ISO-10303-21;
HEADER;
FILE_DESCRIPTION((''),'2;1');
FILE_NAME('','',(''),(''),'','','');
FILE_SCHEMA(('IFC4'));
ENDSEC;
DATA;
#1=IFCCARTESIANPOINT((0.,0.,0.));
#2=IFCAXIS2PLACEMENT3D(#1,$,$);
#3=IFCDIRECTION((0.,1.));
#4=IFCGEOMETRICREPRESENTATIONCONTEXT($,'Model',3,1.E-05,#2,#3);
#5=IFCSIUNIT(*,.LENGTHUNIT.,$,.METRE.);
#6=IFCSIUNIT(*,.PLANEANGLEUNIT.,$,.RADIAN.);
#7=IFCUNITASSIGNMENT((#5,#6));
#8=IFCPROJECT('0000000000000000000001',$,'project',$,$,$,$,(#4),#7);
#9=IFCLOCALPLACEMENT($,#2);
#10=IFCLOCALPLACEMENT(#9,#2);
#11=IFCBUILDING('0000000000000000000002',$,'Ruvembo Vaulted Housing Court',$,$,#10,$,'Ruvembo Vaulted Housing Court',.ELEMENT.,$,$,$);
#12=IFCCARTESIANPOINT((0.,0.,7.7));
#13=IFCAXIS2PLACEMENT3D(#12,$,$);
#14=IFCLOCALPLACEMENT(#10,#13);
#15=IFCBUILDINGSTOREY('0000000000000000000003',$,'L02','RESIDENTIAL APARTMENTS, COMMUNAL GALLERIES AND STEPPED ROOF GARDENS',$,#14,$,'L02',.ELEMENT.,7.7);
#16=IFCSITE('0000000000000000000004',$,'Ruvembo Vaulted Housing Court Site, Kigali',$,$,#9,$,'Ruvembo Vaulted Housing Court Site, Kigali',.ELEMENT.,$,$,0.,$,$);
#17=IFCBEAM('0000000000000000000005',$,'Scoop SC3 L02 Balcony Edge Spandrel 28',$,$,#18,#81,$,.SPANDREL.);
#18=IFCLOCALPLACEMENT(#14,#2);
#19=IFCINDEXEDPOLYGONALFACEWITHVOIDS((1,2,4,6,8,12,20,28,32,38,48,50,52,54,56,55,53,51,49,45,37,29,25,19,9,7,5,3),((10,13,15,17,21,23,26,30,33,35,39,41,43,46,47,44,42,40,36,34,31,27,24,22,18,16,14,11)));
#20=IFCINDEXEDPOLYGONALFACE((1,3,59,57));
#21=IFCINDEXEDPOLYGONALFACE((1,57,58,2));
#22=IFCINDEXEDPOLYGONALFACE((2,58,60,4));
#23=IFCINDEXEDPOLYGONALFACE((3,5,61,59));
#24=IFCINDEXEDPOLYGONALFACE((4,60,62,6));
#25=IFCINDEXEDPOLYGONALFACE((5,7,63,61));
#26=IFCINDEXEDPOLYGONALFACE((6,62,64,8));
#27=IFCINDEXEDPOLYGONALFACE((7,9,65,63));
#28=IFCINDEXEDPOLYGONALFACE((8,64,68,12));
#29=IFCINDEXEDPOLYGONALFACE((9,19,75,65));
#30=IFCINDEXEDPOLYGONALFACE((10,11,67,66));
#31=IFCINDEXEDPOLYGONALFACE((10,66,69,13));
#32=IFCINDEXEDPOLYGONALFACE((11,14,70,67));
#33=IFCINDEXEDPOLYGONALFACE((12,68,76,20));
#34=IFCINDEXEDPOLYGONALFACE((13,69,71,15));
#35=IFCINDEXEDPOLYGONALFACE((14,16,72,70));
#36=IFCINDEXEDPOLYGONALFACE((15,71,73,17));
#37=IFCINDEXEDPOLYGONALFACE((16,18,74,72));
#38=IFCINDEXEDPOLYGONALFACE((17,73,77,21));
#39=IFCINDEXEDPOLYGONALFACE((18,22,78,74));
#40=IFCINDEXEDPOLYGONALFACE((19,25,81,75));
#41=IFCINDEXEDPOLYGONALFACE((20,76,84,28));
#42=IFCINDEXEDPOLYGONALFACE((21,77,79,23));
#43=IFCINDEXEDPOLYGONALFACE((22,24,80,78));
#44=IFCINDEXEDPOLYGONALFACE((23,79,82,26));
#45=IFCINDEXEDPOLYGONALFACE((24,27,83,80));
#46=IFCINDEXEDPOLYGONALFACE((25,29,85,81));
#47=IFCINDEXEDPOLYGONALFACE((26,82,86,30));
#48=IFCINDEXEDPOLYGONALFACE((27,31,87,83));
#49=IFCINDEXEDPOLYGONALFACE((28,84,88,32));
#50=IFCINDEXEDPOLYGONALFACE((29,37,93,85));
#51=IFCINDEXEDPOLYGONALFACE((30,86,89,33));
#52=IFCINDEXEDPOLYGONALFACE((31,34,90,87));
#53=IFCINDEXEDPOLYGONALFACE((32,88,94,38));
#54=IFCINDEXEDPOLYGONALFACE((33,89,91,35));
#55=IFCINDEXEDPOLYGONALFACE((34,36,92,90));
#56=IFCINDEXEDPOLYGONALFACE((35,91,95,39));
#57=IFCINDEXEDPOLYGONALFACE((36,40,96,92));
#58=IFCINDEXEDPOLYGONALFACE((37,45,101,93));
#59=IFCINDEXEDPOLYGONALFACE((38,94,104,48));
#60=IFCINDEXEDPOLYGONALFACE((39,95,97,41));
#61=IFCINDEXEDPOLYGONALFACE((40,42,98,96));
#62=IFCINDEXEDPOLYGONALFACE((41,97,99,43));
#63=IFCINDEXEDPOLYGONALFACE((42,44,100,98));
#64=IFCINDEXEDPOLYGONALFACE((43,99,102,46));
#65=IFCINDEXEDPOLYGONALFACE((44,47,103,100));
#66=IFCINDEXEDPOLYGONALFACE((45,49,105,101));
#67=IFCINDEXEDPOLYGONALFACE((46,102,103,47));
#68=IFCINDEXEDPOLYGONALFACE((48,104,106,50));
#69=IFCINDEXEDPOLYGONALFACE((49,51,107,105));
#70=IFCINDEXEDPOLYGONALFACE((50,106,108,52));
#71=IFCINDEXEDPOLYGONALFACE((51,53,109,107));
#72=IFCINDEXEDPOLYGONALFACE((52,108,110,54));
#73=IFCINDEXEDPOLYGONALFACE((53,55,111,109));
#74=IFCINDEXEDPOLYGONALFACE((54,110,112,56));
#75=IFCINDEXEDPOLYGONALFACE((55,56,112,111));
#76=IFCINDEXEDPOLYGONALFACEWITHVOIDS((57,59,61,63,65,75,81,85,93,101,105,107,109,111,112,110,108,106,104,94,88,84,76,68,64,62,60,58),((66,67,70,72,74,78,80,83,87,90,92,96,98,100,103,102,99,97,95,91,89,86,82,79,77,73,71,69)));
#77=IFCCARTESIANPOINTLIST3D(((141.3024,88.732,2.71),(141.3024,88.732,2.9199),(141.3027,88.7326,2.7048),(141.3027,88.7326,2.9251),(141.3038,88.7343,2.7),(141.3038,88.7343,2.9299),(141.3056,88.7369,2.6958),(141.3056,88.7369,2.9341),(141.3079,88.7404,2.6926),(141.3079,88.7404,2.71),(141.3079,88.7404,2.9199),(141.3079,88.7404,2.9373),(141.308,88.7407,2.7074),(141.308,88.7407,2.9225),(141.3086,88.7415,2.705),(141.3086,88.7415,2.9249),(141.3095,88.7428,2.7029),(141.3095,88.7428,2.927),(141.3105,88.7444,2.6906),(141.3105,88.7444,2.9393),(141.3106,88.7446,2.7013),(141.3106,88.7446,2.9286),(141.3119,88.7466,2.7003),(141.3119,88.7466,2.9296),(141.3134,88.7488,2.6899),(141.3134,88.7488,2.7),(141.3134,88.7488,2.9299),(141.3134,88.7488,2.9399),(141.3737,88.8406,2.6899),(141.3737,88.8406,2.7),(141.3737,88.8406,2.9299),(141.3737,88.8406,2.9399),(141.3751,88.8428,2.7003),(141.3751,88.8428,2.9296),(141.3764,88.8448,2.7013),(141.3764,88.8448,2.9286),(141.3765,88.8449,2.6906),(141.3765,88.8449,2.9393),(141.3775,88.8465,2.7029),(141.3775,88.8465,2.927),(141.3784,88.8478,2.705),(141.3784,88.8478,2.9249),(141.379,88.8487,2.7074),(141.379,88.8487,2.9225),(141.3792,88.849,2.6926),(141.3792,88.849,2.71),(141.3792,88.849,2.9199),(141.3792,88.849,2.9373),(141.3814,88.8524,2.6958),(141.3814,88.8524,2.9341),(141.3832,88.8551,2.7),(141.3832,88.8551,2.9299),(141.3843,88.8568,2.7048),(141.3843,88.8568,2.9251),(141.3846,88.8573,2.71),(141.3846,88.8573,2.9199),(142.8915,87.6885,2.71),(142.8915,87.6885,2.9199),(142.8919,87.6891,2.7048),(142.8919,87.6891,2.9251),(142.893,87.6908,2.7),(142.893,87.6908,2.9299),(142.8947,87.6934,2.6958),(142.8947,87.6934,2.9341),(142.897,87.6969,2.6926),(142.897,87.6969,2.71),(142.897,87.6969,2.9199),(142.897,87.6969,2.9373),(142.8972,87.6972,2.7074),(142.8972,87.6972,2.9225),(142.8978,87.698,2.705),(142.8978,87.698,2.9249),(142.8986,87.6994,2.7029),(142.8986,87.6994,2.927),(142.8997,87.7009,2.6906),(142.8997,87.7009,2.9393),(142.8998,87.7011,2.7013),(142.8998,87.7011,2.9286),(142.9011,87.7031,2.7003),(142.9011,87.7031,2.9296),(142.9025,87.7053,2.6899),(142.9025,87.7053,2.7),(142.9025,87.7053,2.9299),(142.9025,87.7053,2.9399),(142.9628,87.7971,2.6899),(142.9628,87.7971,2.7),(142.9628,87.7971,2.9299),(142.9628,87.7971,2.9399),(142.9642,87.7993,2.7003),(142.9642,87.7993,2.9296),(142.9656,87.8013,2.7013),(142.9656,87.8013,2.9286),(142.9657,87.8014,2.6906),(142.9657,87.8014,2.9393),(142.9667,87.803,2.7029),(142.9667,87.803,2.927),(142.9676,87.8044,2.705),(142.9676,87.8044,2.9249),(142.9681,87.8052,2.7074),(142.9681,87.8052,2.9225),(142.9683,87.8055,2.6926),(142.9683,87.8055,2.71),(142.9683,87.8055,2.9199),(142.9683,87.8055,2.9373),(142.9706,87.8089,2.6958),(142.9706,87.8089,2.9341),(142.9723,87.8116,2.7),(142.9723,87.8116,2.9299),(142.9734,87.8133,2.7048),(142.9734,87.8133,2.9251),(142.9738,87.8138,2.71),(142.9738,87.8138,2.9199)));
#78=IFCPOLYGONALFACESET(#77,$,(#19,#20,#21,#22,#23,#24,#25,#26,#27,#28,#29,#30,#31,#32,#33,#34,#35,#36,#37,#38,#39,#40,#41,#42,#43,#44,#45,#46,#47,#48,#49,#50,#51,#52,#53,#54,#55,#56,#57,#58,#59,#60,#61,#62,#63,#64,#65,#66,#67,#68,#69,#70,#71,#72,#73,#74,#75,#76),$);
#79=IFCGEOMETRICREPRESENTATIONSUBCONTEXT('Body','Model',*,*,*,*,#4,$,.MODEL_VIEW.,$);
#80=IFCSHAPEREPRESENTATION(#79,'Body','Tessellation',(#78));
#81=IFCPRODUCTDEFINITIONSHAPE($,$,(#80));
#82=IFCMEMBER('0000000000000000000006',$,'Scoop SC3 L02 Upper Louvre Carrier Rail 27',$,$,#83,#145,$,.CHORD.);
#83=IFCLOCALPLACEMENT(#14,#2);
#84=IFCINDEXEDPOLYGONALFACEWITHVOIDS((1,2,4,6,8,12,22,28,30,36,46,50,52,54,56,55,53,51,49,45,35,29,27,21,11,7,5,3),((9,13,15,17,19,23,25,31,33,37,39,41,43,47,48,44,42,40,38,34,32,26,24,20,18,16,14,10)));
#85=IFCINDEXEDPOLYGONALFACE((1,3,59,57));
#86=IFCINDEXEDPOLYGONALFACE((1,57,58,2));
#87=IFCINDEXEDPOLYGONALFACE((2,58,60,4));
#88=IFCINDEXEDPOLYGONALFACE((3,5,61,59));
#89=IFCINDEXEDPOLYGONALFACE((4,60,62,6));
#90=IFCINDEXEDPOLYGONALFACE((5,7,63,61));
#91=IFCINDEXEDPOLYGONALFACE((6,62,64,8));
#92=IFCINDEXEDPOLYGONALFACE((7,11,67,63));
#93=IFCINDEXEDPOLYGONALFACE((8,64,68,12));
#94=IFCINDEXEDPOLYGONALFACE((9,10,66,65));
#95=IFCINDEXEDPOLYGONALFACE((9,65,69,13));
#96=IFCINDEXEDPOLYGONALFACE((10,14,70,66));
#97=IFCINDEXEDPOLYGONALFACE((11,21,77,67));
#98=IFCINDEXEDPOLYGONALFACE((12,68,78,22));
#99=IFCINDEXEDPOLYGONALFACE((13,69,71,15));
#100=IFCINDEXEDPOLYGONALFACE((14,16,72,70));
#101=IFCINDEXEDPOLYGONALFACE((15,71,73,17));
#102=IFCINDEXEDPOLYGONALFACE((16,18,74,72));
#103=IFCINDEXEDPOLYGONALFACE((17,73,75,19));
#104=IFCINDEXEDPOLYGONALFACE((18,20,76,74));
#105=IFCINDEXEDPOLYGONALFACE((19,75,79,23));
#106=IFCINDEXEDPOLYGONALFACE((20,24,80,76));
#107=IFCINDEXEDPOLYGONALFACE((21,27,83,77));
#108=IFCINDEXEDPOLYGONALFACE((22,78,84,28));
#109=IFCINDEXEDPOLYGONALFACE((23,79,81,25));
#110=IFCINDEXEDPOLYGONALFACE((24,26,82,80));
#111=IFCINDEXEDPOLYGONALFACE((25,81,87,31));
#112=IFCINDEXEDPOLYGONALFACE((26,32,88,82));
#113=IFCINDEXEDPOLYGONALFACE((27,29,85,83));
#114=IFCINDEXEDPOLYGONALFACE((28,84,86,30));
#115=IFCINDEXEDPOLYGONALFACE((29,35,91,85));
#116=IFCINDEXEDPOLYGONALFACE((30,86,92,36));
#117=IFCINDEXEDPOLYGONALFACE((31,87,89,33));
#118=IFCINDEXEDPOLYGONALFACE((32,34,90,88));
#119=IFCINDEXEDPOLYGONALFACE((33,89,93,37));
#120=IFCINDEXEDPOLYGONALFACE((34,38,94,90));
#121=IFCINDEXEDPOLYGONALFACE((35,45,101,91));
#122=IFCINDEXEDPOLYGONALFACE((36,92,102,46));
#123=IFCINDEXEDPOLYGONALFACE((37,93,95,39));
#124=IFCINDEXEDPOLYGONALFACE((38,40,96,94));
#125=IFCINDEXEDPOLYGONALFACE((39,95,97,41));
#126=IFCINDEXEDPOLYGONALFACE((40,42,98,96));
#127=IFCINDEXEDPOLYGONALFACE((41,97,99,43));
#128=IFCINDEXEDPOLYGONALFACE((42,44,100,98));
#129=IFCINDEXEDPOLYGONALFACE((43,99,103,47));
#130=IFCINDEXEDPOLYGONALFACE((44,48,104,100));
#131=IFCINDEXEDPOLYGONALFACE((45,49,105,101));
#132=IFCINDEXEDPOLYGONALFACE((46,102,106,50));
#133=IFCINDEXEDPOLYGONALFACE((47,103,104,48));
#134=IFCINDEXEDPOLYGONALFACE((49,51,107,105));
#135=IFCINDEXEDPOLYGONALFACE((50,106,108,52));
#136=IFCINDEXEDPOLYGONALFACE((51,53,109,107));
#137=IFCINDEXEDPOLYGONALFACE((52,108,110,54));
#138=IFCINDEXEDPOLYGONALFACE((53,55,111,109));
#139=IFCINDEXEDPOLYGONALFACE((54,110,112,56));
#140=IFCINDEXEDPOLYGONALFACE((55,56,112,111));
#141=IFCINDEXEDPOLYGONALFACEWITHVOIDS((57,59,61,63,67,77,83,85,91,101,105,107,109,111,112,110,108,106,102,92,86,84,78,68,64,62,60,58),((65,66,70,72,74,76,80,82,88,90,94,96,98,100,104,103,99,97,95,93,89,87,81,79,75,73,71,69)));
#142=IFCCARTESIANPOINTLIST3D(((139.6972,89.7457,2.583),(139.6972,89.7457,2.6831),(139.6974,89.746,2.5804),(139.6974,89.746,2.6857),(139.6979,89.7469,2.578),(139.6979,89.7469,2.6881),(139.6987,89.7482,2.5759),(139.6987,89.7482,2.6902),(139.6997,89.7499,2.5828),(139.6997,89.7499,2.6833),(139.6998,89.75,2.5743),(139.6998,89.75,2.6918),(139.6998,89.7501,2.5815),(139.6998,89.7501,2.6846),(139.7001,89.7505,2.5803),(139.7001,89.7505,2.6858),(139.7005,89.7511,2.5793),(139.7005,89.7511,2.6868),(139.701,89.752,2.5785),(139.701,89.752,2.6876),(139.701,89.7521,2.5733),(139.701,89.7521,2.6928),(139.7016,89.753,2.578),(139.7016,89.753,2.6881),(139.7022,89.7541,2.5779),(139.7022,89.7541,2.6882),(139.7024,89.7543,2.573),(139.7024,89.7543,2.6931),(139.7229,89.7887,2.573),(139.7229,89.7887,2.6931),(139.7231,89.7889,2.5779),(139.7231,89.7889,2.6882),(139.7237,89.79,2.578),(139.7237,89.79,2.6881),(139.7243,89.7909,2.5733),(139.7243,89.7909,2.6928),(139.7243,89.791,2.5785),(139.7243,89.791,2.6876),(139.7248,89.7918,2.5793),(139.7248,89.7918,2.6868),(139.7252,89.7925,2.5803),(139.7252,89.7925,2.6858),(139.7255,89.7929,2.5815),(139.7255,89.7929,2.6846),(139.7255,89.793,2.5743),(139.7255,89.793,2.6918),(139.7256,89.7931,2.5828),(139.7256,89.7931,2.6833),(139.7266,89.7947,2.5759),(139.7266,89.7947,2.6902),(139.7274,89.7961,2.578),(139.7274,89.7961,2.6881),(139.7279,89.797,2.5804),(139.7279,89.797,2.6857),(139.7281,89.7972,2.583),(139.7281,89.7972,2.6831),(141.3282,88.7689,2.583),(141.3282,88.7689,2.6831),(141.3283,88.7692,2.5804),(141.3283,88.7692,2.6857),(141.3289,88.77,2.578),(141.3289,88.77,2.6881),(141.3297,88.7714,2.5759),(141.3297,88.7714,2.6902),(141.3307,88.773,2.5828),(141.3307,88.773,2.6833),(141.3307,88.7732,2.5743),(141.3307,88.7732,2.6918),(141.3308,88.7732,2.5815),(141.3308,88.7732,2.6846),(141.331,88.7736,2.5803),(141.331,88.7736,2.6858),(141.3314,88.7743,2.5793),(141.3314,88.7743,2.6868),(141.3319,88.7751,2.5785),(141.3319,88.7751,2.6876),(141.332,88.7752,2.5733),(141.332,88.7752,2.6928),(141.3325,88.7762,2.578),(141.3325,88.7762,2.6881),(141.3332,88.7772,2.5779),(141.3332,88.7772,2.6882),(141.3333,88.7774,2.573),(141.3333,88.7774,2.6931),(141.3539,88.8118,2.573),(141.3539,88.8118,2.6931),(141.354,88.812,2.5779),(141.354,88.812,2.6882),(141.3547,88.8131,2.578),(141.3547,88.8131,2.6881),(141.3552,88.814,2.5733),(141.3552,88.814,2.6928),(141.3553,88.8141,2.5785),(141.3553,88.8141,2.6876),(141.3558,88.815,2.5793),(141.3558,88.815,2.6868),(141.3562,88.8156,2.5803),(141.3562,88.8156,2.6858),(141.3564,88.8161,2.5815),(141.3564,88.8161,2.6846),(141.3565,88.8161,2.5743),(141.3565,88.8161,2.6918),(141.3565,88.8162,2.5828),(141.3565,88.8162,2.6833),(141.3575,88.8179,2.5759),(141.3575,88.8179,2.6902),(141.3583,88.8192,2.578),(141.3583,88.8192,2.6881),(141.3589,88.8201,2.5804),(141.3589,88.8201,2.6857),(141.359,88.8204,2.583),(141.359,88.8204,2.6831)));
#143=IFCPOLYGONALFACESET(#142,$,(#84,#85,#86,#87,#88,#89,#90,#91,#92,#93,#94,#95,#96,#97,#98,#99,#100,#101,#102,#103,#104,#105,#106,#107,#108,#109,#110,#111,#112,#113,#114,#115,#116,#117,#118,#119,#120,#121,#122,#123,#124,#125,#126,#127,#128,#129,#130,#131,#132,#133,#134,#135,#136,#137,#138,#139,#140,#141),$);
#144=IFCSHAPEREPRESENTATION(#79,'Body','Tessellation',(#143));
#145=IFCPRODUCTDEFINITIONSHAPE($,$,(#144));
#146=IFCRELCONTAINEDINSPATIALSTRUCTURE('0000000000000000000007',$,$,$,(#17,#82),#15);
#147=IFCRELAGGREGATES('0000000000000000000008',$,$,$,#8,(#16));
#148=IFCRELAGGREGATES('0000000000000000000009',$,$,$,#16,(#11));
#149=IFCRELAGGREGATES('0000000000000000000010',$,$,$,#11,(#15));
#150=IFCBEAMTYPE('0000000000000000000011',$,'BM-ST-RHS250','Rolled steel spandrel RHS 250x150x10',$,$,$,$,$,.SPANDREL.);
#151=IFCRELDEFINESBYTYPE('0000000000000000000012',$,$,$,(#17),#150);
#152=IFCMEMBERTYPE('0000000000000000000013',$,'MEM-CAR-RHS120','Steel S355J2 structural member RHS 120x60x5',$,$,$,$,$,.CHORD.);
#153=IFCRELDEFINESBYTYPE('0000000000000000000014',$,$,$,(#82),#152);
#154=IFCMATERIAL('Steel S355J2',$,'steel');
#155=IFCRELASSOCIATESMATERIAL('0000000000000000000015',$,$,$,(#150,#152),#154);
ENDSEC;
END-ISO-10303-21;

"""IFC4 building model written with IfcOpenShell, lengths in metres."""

from ifc_helpers import new_model, si_unit, direction, frame, origin, origin_2d, place, context, subcontext, project, spatial, hollow_rectangle, extrude, material, material_profile, profile_set, type_object, element, save


model = new_model("IFC4")

# Units and contexts
model_context = context("Model", 3, precision=1e-05, world=origin(), true_north=direction((0.0, 1.0)))
body_context = subcontext(model_context, "Body", "Model", "MODEL_VIEW")
ifc_project = project(units=[si_unit("LENGTHUNIT", "METRE"), si_unit("PLANEANGLEUNIT", "RADIAN")], contexts=[model_context])

# Site, building, storey
site_placement = place(None, origin())
site = spatial("IfcSite", under=ifc_project, at=site_placement, Name="Ruvembo Vaulted Housing Court Site, Kigali", LongName="Ruvembo Vaulted Housing Court Site, Kigali", CompositionType="ELEMENT", RefElevation=0.0)
building_placement = place(site_placement, origin())
building = spatial("IfcBuilding", under=site, at=building_placement, Name="Ruvembo Vaulted Housing Court", LongName="Ruvembo Vaulted Housing Court", CompositionType="ELEMENT")
storey_placement = place(building_placement, frame((0.0, 0.0, 7.7)))
storey = spatial("IfcBuildingStorey", under=building, at=storey_placement, Name="L02", Description="RESIDENTIAL APARTMENTS, COMMUNAL GALLERIES AND STEPPED ROOF GARDENS", LongName="L02", CompositionType="ELEMENT", Elevation=7.7)

# Beam
ifc_material_1 = material(Name="Steel S355J2", Category="steel")
ifc_material_profile_1 = material_profile(ifc_material_1, hollow_rectangle(XDim=0.1499, YDim=0.25, WallThickness=0.01, InnerFilletRadius=0.01, OuterFilletRadius=0.02, at=origin_2d()), Name="RHS 250x150x10")
ifc_profile_set_1 = profile_set([ifc_material_profile_1], Name="Steel S355J2")
beam_type_1 = type_object("IfcBeamType", Name="BM-ST-RHS250", Description="Rolled steel spandrel RHS 250x150x10", PredefinedType="SPANDREL", material=ifc_profile_set_1)
for number, where, z_axis, x_axis, name in (
    (1, (141.3435, 88.7947, 2.8149), (0.835902, -0.548878, 0.0), (0.548878, 0.835902, 0.0), "Scoop SC3 L02 Balcony Edge Spandrel 28"),
):
    element("IfcBeam", number, at=place(storey_placement, frame(where, z_axis=z_axis, x_axis=x_axis)), inside=storey, type_object=beam_type_1, Name=name, PredefinedType="SPANDREL", context=body_context, shape_type="SweptSolid", body=[
        extrude(hollow_rectangle(XDim=0.1499, YDim=0.25, WallThickness=0.01, InnerFilletRadius=0.01, OuterFilletRadius=0.02, at=origin_2d()), origin(), (0.0, 0.0, 1.0), 1.9011),
    ])

# Member
ifc_material_profile_2 = material_profile(ifc_material_1, hollow_rectangle(XDim=0.0601, YDim=0.1201, WallThickness=0.0049, InnerFilletRadius=0.0049, OuterFilletRadius=0.01, at=origin_2d()), Name="RHS 120x60x5")
ifc_profile_set_2 = profile_set([ifc_material_profile_2], Name="Steel S355J2")
member_type_1 = type_object("IfcMemberType", Name="MEM-CAR-RHS120", Description="Steel S355J2 structural member RHS 120x60x5", PredefinedType="CHORD", material=ifc_profile_set_2)
for number, where, z_axis, x_axis, name in (
    (2, (139.7126, 89.7715, 2.6331), (0.857889, -0.513835, 0.0), (0.513835, 0.857889, 0.0), "Scoop SC3 L02 Upper Louvre Carrier Rail 27"),
):
    element("IfcMember", number, at=place(storey_placement, frame(where, z_axis=z_axis, x_axis=x_axis)), inside=storey, type_object=member_type_1, Name=name, PredefinedType="CHORD", context=body_context, shape_type="SweptSolid", body=[
        extrude(hollow_rectangle(XDim=0.0601, YDim=0.1201, WallThickness=0.0049, InnerFilletRadius=0.0049, OuterFilletRadius=0.01, at=origin_2d()), origin(), (0.0, 0.0, 1.0), 1.9011),
    ])

save(model, "model.ifc")
